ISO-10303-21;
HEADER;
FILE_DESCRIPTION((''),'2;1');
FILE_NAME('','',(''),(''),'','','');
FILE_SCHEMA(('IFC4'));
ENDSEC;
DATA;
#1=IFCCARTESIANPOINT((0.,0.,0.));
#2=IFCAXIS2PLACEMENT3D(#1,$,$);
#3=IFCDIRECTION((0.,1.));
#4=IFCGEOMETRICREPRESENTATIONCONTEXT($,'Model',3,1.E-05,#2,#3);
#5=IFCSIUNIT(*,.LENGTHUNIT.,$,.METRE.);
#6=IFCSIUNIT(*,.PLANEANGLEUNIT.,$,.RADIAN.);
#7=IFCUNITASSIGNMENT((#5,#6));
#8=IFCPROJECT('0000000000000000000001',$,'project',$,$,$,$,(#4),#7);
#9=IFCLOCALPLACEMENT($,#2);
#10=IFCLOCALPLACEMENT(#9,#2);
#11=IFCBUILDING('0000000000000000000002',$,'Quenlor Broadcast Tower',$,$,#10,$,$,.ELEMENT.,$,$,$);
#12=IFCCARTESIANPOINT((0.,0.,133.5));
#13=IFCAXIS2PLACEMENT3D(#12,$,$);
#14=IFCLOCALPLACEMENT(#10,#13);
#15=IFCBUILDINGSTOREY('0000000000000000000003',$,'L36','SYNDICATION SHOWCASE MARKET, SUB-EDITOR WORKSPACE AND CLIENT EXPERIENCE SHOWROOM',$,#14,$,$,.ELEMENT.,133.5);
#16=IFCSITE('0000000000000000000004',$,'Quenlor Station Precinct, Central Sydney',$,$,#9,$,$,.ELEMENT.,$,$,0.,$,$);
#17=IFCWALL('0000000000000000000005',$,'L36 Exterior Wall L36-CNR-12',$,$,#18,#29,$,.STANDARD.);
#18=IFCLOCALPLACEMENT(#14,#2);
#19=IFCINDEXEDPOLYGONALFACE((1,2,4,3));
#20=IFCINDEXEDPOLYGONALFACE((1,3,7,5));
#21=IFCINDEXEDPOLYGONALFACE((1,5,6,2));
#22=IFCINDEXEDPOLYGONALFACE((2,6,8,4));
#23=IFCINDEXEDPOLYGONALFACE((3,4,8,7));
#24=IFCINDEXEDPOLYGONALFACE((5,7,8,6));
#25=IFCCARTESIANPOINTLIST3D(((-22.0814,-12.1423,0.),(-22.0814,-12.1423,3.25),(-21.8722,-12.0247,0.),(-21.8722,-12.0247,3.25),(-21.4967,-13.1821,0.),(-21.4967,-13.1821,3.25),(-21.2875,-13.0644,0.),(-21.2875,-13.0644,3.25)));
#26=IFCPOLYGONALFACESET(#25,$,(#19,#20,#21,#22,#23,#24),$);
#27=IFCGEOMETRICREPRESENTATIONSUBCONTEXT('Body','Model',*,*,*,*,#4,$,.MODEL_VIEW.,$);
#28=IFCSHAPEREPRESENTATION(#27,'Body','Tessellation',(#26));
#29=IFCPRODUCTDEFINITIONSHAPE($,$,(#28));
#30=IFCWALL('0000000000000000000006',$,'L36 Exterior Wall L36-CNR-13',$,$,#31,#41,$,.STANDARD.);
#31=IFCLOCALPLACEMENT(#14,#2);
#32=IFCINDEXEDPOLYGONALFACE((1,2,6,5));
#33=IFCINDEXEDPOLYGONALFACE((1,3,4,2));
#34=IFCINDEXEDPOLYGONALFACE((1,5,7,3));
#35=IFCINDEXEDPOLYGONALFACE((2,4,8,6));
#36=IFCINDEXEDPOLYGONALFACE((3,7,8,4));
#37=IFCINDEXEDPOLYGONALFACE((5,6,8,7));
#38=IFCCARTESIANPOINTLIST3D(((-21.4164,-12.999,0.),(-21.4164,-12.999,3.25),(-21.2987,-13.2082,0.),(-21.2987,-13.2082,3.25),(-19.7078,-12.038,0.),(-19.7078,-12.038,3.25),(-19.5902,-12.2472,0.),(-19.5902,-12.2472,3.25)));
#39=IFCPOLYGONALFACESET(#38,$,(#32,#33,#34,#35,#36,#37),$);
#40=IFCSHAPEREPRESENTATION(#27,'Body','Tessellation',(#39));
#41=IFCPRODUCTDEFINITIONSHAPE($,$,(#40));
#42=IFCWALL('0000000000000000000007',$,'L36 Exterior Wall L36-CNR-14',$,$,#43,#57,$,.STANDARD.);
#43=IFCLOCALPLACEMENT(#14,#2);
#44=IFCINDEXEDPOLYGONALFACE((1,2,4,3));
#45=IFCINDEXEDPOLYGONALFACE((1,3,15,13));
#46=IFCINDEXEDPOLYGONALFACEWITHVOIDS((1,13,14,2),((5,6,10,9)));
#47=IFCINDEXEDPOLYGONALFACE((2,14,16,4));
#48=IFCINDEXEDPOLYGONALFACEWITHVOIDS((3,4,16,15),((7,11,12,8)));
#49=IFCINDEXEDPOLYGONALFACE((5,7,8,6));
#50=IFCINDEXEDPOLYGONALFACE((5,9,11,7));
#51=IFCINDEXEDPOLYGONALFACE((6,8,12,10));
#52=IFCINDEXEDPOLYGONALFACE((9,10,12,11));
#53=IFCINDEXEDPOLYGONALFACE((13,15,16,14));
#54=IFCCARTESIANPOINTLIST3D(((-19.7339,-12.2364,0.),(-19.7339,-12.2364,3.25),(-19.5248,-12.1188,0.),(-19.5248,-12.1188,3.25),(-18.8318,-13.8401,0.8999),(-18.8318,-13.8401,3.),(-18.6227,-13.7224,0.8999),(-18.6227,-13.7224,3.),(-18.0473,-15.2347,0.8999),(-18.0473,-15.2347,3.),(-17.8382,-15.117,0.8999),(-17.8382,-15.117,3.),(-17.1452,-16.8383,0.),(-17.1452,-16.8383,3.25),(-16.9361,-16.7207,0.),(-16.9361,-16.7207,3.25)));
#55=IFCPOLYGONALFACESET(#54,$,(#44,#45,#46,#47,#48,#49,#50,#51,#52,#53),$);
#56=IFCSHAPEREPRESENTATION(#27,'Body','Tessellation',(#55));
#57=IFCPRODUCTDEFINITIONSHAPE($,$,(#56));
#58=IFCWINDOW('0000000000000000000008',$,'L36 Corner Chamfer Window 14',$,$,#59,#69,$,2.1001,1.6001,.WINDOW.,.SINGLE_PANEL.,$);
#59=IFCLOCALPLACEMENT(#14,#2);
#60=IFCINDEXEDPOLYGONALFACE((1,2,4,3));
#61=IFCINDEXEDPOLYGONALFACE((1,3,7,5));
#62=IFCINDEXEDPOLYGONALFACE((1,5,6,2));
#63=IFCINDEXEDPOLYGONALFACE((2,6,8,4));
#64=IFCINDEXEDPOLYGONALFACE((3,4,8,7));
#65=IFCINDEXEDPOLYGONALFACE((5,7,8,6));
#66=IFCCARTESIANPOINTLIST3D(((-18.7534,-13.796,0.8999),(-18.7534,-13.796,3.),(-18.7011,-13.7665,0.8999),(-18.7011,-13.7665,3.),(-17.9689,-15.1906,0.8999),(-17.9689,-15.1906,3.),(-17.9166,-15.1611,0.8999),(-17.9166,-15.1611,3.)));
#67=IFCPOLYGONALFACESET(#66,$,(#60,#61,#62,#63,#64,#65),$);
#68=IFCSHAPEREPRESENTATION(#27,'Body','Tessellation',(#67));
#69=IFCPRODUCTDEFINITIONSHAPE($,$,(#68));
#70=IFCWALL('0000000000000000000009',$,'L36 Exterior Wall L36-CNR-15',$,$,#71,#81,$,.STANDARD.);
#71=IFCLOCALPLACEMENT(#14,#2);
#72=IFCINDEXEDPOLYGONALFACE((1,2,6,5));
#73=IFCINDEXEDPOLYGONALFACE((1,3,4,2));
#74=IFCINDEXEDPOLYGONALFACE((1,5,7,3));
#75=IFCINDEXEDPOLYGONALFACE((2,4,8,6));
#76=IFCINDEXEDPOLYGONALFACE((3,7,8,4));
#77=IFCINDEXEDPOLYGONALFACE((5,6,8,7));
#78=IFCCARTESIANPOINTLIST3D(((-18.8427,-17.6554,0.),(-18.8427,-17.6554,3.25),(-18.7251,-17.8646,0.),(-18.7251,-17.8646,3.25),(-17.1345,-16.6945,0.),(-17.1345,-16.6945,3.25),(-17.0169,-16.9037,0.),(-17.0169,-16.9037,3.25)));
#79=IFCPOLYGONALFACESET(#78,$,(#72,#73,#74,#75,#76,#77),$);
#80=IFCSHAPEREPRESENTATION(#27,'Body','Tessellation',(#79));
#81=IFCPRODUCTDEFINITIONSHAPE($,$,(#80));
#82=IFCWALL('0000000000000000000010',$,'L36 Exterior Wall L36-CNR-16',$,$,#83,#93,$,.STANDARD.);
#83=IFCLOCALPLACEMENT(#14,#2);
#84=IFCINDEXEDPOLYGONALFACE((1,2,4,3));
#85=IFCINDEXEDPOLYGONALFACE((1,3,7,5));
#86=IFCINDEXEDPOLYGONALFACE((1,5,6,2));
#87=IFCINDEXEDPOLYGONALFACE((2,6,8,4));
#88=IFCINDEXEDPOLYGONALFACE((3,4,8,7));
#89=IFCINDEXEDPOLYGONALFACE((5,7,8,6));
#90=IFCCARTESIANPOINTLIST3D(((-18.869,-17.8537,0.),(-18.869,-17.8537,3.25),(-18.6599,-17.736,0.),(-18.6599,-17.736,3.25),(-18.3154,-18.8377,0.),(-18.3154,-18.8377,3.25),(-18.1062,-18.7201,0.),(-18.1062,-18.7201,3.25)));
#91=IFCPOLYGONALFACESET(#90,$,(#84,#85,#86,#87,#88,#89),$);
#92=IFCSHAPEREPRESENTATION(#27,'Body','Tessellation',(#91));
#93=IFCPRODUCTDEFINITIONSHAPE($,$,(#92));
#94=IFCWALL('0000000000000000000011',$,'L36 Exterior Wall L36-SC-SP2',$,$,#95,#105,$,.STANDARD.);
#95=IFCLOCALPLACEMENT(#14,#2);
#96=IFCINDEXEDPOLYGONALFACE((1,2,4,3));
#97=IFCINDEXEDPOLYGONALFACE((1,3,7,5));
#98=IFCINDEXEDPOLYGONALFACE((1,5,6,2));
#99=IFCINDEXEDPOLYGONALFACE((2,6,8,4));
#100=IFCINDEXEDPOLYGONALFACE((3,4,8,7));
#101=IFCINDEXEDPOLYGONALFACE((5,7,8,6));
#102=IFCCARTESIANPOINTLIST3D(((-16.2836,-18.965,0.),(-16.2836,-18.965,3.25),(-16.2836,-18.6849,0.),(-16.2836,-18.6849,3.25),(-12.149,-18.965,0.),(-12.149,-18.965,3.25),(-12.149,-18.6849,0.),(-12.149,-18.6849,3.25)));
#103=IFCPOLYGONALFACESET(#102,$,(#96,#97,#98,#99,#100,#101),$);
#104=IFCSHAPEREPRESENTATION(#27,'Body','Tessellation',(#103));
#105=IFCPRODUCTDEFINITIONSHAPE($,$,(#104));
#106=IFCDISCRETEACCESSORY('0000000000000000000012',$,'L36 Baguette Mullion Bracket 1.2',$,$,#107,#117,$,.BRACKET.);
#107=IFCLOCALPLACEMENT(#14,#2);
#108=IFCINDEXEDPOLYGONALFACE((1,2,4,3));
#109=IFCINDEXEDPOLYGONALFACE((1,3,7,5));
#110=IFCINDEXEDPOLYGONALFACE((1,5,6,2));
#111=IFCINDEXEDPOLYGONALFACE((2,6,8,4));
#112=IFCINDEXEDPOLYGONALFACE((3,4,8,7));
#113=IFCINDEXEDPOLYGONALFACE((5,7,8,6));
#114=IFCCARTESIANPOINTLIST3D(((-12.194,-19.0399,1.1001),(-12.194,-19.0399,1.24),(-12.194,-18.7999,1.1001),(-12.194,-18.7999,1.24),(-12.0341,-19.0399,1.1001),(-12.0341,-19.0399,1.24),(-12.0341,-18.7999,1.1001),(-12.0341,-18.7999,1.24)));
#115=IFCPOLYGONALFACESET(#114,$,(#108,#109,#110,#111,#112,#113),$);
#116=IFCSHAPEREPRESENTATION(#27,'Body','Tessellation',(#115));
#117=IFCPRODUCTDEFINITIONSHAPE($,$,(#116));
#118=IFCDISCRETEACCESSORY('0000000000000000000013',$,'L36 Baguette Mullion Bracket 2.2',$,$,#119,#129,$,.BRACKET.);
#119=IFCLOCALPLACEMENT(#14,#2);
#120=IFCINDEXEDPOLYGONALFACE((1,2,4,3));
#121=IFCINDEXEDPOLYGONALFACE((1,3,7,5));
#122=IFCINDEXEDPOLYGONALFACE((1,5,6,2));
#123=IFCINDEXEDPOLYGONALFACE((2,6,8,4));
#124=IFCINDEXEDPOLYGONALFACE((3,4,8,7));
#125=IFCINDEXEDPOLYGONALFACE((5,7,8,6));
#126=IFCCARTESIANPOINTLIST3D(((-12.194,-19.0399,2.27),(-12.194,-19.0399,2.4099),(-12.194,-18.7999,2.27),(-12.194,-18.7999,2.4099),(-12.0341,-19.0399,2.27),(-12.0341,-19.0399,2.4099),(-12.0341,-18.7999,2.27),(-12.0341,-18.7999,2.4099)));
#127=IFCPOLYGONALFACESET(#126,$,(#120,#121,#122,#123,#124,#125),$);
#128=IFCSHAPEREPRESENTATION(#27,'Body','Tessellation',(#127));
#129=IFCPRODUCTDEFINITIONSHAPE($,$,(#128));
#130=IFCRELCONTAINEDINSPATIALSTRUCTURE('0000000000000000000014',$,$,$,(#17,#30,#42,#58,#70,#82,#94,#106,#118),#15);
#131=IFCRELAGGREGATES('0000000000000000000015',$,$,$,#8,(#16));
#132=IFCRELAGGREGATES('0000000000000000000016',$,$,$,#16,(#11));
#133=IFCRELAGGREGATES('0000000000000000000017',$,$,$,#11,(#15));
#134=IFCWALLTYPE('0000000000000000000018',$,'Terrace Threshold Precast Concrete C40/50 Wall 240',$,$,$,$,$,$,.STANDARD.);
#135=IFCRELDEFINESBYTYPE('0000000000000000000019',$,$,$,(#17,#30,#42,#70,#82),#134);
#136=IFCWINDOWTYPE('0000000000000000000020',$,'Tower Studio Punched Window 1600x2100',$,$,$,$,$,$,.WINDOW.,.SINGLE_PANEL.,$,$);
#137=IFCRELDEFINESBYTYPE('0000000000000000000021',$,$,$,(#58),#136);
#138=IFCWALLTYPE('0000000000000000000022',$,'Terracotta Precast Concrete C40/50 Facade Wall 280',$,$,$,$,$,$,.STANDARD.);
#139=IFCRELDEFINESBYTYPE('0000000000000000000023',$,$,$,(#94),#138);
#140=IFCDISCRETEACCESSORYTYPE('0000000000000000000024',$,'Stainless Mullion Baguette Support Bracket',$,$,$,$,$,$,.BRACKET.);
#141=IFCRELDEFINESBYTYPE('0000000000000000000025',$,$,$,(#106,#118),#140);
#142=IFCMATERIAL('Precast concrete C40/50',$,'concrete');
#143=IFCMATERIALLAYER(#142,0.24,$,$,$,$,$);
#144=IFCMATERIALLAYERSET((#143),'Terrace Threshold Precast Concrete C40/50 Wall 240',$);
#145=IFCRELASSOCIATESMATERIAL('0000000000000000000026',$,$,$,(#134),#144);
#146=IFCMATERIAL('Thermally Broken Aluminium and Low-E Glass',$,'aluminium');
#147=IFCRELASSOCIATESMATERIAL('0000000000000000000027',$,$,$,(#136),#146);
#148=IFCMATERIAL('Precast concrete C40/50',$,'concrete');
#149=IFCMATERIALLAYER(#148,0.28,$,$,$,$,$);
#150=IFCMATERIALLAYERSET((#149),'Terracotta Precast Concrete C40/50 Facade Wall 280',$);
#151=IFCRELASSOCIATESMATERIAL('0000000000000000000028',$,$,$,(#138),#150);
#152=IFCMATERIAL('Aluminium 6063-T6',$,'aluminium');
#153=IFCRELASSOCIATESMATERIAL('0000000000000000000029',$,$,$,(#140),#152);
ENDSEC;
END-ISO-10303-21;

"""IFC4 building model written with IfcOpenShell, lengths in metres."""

from ifc_helpers import new_model, si_unit, direction, frame, frame_2d, origin, origin_2d, place, context, subcontext, project, spatial, rectangle, extrude, material, layer, layer_set, type_object, element, fill, save


model = new_model("IFC4")

# Units and contexts
model_context = context("Model", 3, precision=1e-05, world=origin(), true_north=direction((0.0, 1.0)))
body_context = subcontext(model_context, "Body", "Model", "MODEL_VIEW")
ifc_project = project(units=[si_unit("LENGTHUNIT", "METRE"), si_unit("PLANEANGLEUNIT", "RADIAN")], contexts=[model_context])

# Site, building, storey
site_placement = place(None, origin())
site = spatial("IfcSite", under=ifc_project, at=site_placement, Name="Quenlor Station Precinct, Central Sydney", CompositionType="ELEMENT", RefElevation=0.0)
building_placement = place(site_placement, origin())
building = spatial("IfcBuilding", under=site, at=building_placement, Name="Quenlor Broadcast Tower", CompositionType="ELEMENT")
storey_placement = place(building_placement, frame((0.0, 0.0, 133.5)))
storey = spatial("IfcBuildingStorey", under=building, at=storey_placement, Name="L36", Description="SYNDICATION SHOWCASE MARKET, SUB-EDITOR WORKSPACE AND CLIENT EXPERIENCE SHOWROOM", CompositionType="ELEMENT", Elevation=133.5)

# Walls
ifc_material_1 = material(Name="Precast concrete C40/50", Category="concrete")
ifc_layer_1 = layer(ifc_material_1, 0.24)
ifc_layer_set_1 = layer_set([ifc_layer_1], Name="Terrace Threshold Precast Concrete C40/50 Wall 240")
wall_type_1 = type_object("IfcWallType", Name="Terrace Threshold Precast Concrete C40/50 Wall 240", PredefinedType="STANDARD", material=ifc_layer_set_1)
wall_1_placement = place(storey_placement, frame((-21.9768, -12.0835, 0.0), z_axis=(0.0, 0.0, 1.0), x_axis=(0.490154, -0.871636, 0.0)))
element("IfcWall", 1, at=wall_1_placement, inside=storey, type_object=wall_type_1, Name="L36 Exterior Wall L36-CNR-12", PredefinedType="STANDARD", context=body_context, shape_type="SweptSolid", body=[
    extrude(rectangle(XDim=1.1929, YDim=0.24, at=frame_2d((0.5964, 0.0))), origin(), (0.0, 0.0, 1.0), 3.25),
])
wall_2_placement = place(storey_placement, frame((-21.3574, -13.1035, 0.0), z_axis=(0.0, 0.0, 1.0), x_axis=(0.871595, 0.490226, 0.0)))
element("IfcWall", 2, at=wall_2_placement, inside=storey, type_object=wall_type_1, Name="L36 Exterior Wall L36-CNR-13", PredefinedType="STANDARD", context=body_context, shape_type="SweptSolid", body=[
    extrude(rectangle(XDim=1.9602, YDim=0.24, at=frame_2d((0.98, 0.0))), origin(), (0.0, 0.0, 1.0), 3.25),
])

# Wall, opening, window
wall_3_placement = place(storey_placement, frame((-19.6294, -12.1775, 0.0), z_axis=(0.0, 0.0, 1.0), x_axis=(0.490277, -0.871567, 0.0)))
wall_3 = element("IfcWall", 3, at=wall_3_placement, inside=storey, type_object=wall_type_1, Name="L36 Exterior Wall L36-CNR-14", PredefinedType="STANDARD", context=body_context, shape_type="SweptSolid", body=[
    extrude(rectangle(XDim=5.28, YDim=0.24, at=frame_2d((2.6401, 0.0))), origin(), (0.0, 0.0, 1.0), 3.25),
])
opening_placement = place(wall_3_placement, frame((1.8401, 0.0, 0.8999)))
opening = element("IfcOpeningElement", 4, at=opening_placement, cuts=wall_3, PredefinedType="OPENING", context=body_context, shape_type="SweptSolid", body=[
    extrude(rectangle(XDim=1.6001, YDim=2.1001, at=frame_2d((0.8, 1.05))), frame((0.0, 0.1299, 0.0), z_axis=(0.0, -1.0, 0.0), x_axis=(1.0, 0.0, 0.0)), (0.0, 0.0, 1.0), 0.26),
])
ifc_material_2 = material(Name="Thermally Broken Aluminium and Low-E Glass", Category="aluminium")
window_type = type_object("IfcWindowType", Name="Tower Studio Punched Window 1600x2100", PartitioningType="SINGLE_PANEL", PredefinedType="WINDOW", material=ifc_material_2)
window_placement = place(opening_placement, origin())
window = element("IfcWindow", 5, at=window_placement, inside=storey, type_object=window_type, Name="L36 Corner Chamfer Window 14", OverallHeight=2.1001, OverallWidth=1.6001, PartitioningType="SINGLE_PANEL", PredefinedType="WINDOW", context=body_context, shape_type="SweptSolid", body=[
    extrude(rectangle(XDim=1.6001, YDim=2.1001, at=frame_2d((0.8, 1.05))), frame((0.0, 0.03, 0.0), z_axis=(0.0, -1.0, 0.0), x_axis=(1.0, 0.0, 0.0)), (0.0, 0.0, 1.0), 0.0601),
])
fill(opening, window)

# Walls
wall_4_placement = place(storey_placement, frame((-17.0757, -16.7991, 0.0), z_axis=(0.0, 0.0, 1.0), x_axis=(-0.871566, -0.490279, 0.0)))
element("IfcWall", 6, at=wall_4_placement, inside=storey, type_object=wall_type_1, Name="L36 Exterior Wall L36-CNR-15", PredefinedType="STANDARD", context=body_context, shape_type="SweptSolid", body=[
    extrude(rectangle(XDim=1.96, YDim=0.24, at=frame_2d((0.98, 0.0))), origin(), (0.0, 0.0, 1.0), 3.25),
])
wall_5_placement = place(storey_placement, frame((-18.7644, -17.7949, 0.0), z_axis=(0.0, 0.0, 1.0), x_axis=(0.490354, -0.871524, 0.0)))
element("IfcWall", 7, at=wall_5_placement, inside=storey, type_object=wall_type_1, Name="L36 Exterior Wall L36-CNR-16", PredefinedType="STANDARD", context=body_context, shape_type="SweptSolid", body=[
    extrude(rectangle(XDim=1.1292, YDim=0.24, at=frame_2d((0.5645, 0.0))), origin(), (0.0, 0.0, 1.0), 3.25),
])
ifc_material_3 = material(Name="Precast concrete C40/50", Category="concrete")
ifc_layer_2 = layer(ifc_material_3, 0.28)
ifc_layer_set_2 = layer_set([ifc_layer_2], Name="Terracotta Precast Concrete C40/50 Facade Wall 280")
wall_type_2 = type_object("IfcWallType", Name="Terracotta Precast Concrete C40/50 Facade Wall 280", PredefinedType="STANDARD", material=ifc_layer_set_2)
wall_6_placement = place(storey_placement, frame((-12.1489, -18.825, 0.0), z_axis=(0.0, 0.0, 1.0), x_axis=(-1.0, 0.0, 0.0)))
element("IfcWall", 8, at=wall_6_placement, inside=storey, type_object=wall_type_2, Name="L36 Exterior Wall L36-SC-SP2", PredefinedType="STANDARD", context=body_context, shape_type="SweptSolid", body=[
    extrude(rectangle(XDim=4.1345, YDim=0.28, at=frame_2d((2.0674, 0.0))), origin(), (0.0, 0.0, 1.0), 3.25),
])

# Discrete accessories
ifc_material_4 = material(Name="Aluminium 6063-T6", Category="aluminium")
discrete_accessory_type = type_object("IfcDiscreteAccessoryType", Name="Stainless Mullion Baguette Support Bracket", PredefinedType="BRACKET", material=ifc_material_4)
for number, where, z_axis, x_axis, name in (
    (9, (-12.114, -18.9199, 1.1001), (0.0, 0.0, 1.0), (-1.0, 0.0, 0.0), "L36 Baguette Mullion Bracket 1.2"),
    (10, (-12.114, -18.9199, 2.27), (0.0, 0.0, 1.0), (-1.0, 0.0, 0.0), "L36 Baguette Mullion Bracket 2.2"),
):
    element("IfcDiscreteAccessory", number, at=place(storey_placement, frame(where, z_axis=z_axis, x_axis=x_axis)), inside=storey, type_object=discrete_accessory_type, Name=name, PredefinedType="BRACKET", context=body_context, shape_type="SweptSolid", body=[
        extrude(rectangle(XDim=0.1599, YDim=0.24, at=origin_2d()), origin(), (0.0, 0.0, 1.0), 0.1399),
    ])

save(model, "model.ifc")
